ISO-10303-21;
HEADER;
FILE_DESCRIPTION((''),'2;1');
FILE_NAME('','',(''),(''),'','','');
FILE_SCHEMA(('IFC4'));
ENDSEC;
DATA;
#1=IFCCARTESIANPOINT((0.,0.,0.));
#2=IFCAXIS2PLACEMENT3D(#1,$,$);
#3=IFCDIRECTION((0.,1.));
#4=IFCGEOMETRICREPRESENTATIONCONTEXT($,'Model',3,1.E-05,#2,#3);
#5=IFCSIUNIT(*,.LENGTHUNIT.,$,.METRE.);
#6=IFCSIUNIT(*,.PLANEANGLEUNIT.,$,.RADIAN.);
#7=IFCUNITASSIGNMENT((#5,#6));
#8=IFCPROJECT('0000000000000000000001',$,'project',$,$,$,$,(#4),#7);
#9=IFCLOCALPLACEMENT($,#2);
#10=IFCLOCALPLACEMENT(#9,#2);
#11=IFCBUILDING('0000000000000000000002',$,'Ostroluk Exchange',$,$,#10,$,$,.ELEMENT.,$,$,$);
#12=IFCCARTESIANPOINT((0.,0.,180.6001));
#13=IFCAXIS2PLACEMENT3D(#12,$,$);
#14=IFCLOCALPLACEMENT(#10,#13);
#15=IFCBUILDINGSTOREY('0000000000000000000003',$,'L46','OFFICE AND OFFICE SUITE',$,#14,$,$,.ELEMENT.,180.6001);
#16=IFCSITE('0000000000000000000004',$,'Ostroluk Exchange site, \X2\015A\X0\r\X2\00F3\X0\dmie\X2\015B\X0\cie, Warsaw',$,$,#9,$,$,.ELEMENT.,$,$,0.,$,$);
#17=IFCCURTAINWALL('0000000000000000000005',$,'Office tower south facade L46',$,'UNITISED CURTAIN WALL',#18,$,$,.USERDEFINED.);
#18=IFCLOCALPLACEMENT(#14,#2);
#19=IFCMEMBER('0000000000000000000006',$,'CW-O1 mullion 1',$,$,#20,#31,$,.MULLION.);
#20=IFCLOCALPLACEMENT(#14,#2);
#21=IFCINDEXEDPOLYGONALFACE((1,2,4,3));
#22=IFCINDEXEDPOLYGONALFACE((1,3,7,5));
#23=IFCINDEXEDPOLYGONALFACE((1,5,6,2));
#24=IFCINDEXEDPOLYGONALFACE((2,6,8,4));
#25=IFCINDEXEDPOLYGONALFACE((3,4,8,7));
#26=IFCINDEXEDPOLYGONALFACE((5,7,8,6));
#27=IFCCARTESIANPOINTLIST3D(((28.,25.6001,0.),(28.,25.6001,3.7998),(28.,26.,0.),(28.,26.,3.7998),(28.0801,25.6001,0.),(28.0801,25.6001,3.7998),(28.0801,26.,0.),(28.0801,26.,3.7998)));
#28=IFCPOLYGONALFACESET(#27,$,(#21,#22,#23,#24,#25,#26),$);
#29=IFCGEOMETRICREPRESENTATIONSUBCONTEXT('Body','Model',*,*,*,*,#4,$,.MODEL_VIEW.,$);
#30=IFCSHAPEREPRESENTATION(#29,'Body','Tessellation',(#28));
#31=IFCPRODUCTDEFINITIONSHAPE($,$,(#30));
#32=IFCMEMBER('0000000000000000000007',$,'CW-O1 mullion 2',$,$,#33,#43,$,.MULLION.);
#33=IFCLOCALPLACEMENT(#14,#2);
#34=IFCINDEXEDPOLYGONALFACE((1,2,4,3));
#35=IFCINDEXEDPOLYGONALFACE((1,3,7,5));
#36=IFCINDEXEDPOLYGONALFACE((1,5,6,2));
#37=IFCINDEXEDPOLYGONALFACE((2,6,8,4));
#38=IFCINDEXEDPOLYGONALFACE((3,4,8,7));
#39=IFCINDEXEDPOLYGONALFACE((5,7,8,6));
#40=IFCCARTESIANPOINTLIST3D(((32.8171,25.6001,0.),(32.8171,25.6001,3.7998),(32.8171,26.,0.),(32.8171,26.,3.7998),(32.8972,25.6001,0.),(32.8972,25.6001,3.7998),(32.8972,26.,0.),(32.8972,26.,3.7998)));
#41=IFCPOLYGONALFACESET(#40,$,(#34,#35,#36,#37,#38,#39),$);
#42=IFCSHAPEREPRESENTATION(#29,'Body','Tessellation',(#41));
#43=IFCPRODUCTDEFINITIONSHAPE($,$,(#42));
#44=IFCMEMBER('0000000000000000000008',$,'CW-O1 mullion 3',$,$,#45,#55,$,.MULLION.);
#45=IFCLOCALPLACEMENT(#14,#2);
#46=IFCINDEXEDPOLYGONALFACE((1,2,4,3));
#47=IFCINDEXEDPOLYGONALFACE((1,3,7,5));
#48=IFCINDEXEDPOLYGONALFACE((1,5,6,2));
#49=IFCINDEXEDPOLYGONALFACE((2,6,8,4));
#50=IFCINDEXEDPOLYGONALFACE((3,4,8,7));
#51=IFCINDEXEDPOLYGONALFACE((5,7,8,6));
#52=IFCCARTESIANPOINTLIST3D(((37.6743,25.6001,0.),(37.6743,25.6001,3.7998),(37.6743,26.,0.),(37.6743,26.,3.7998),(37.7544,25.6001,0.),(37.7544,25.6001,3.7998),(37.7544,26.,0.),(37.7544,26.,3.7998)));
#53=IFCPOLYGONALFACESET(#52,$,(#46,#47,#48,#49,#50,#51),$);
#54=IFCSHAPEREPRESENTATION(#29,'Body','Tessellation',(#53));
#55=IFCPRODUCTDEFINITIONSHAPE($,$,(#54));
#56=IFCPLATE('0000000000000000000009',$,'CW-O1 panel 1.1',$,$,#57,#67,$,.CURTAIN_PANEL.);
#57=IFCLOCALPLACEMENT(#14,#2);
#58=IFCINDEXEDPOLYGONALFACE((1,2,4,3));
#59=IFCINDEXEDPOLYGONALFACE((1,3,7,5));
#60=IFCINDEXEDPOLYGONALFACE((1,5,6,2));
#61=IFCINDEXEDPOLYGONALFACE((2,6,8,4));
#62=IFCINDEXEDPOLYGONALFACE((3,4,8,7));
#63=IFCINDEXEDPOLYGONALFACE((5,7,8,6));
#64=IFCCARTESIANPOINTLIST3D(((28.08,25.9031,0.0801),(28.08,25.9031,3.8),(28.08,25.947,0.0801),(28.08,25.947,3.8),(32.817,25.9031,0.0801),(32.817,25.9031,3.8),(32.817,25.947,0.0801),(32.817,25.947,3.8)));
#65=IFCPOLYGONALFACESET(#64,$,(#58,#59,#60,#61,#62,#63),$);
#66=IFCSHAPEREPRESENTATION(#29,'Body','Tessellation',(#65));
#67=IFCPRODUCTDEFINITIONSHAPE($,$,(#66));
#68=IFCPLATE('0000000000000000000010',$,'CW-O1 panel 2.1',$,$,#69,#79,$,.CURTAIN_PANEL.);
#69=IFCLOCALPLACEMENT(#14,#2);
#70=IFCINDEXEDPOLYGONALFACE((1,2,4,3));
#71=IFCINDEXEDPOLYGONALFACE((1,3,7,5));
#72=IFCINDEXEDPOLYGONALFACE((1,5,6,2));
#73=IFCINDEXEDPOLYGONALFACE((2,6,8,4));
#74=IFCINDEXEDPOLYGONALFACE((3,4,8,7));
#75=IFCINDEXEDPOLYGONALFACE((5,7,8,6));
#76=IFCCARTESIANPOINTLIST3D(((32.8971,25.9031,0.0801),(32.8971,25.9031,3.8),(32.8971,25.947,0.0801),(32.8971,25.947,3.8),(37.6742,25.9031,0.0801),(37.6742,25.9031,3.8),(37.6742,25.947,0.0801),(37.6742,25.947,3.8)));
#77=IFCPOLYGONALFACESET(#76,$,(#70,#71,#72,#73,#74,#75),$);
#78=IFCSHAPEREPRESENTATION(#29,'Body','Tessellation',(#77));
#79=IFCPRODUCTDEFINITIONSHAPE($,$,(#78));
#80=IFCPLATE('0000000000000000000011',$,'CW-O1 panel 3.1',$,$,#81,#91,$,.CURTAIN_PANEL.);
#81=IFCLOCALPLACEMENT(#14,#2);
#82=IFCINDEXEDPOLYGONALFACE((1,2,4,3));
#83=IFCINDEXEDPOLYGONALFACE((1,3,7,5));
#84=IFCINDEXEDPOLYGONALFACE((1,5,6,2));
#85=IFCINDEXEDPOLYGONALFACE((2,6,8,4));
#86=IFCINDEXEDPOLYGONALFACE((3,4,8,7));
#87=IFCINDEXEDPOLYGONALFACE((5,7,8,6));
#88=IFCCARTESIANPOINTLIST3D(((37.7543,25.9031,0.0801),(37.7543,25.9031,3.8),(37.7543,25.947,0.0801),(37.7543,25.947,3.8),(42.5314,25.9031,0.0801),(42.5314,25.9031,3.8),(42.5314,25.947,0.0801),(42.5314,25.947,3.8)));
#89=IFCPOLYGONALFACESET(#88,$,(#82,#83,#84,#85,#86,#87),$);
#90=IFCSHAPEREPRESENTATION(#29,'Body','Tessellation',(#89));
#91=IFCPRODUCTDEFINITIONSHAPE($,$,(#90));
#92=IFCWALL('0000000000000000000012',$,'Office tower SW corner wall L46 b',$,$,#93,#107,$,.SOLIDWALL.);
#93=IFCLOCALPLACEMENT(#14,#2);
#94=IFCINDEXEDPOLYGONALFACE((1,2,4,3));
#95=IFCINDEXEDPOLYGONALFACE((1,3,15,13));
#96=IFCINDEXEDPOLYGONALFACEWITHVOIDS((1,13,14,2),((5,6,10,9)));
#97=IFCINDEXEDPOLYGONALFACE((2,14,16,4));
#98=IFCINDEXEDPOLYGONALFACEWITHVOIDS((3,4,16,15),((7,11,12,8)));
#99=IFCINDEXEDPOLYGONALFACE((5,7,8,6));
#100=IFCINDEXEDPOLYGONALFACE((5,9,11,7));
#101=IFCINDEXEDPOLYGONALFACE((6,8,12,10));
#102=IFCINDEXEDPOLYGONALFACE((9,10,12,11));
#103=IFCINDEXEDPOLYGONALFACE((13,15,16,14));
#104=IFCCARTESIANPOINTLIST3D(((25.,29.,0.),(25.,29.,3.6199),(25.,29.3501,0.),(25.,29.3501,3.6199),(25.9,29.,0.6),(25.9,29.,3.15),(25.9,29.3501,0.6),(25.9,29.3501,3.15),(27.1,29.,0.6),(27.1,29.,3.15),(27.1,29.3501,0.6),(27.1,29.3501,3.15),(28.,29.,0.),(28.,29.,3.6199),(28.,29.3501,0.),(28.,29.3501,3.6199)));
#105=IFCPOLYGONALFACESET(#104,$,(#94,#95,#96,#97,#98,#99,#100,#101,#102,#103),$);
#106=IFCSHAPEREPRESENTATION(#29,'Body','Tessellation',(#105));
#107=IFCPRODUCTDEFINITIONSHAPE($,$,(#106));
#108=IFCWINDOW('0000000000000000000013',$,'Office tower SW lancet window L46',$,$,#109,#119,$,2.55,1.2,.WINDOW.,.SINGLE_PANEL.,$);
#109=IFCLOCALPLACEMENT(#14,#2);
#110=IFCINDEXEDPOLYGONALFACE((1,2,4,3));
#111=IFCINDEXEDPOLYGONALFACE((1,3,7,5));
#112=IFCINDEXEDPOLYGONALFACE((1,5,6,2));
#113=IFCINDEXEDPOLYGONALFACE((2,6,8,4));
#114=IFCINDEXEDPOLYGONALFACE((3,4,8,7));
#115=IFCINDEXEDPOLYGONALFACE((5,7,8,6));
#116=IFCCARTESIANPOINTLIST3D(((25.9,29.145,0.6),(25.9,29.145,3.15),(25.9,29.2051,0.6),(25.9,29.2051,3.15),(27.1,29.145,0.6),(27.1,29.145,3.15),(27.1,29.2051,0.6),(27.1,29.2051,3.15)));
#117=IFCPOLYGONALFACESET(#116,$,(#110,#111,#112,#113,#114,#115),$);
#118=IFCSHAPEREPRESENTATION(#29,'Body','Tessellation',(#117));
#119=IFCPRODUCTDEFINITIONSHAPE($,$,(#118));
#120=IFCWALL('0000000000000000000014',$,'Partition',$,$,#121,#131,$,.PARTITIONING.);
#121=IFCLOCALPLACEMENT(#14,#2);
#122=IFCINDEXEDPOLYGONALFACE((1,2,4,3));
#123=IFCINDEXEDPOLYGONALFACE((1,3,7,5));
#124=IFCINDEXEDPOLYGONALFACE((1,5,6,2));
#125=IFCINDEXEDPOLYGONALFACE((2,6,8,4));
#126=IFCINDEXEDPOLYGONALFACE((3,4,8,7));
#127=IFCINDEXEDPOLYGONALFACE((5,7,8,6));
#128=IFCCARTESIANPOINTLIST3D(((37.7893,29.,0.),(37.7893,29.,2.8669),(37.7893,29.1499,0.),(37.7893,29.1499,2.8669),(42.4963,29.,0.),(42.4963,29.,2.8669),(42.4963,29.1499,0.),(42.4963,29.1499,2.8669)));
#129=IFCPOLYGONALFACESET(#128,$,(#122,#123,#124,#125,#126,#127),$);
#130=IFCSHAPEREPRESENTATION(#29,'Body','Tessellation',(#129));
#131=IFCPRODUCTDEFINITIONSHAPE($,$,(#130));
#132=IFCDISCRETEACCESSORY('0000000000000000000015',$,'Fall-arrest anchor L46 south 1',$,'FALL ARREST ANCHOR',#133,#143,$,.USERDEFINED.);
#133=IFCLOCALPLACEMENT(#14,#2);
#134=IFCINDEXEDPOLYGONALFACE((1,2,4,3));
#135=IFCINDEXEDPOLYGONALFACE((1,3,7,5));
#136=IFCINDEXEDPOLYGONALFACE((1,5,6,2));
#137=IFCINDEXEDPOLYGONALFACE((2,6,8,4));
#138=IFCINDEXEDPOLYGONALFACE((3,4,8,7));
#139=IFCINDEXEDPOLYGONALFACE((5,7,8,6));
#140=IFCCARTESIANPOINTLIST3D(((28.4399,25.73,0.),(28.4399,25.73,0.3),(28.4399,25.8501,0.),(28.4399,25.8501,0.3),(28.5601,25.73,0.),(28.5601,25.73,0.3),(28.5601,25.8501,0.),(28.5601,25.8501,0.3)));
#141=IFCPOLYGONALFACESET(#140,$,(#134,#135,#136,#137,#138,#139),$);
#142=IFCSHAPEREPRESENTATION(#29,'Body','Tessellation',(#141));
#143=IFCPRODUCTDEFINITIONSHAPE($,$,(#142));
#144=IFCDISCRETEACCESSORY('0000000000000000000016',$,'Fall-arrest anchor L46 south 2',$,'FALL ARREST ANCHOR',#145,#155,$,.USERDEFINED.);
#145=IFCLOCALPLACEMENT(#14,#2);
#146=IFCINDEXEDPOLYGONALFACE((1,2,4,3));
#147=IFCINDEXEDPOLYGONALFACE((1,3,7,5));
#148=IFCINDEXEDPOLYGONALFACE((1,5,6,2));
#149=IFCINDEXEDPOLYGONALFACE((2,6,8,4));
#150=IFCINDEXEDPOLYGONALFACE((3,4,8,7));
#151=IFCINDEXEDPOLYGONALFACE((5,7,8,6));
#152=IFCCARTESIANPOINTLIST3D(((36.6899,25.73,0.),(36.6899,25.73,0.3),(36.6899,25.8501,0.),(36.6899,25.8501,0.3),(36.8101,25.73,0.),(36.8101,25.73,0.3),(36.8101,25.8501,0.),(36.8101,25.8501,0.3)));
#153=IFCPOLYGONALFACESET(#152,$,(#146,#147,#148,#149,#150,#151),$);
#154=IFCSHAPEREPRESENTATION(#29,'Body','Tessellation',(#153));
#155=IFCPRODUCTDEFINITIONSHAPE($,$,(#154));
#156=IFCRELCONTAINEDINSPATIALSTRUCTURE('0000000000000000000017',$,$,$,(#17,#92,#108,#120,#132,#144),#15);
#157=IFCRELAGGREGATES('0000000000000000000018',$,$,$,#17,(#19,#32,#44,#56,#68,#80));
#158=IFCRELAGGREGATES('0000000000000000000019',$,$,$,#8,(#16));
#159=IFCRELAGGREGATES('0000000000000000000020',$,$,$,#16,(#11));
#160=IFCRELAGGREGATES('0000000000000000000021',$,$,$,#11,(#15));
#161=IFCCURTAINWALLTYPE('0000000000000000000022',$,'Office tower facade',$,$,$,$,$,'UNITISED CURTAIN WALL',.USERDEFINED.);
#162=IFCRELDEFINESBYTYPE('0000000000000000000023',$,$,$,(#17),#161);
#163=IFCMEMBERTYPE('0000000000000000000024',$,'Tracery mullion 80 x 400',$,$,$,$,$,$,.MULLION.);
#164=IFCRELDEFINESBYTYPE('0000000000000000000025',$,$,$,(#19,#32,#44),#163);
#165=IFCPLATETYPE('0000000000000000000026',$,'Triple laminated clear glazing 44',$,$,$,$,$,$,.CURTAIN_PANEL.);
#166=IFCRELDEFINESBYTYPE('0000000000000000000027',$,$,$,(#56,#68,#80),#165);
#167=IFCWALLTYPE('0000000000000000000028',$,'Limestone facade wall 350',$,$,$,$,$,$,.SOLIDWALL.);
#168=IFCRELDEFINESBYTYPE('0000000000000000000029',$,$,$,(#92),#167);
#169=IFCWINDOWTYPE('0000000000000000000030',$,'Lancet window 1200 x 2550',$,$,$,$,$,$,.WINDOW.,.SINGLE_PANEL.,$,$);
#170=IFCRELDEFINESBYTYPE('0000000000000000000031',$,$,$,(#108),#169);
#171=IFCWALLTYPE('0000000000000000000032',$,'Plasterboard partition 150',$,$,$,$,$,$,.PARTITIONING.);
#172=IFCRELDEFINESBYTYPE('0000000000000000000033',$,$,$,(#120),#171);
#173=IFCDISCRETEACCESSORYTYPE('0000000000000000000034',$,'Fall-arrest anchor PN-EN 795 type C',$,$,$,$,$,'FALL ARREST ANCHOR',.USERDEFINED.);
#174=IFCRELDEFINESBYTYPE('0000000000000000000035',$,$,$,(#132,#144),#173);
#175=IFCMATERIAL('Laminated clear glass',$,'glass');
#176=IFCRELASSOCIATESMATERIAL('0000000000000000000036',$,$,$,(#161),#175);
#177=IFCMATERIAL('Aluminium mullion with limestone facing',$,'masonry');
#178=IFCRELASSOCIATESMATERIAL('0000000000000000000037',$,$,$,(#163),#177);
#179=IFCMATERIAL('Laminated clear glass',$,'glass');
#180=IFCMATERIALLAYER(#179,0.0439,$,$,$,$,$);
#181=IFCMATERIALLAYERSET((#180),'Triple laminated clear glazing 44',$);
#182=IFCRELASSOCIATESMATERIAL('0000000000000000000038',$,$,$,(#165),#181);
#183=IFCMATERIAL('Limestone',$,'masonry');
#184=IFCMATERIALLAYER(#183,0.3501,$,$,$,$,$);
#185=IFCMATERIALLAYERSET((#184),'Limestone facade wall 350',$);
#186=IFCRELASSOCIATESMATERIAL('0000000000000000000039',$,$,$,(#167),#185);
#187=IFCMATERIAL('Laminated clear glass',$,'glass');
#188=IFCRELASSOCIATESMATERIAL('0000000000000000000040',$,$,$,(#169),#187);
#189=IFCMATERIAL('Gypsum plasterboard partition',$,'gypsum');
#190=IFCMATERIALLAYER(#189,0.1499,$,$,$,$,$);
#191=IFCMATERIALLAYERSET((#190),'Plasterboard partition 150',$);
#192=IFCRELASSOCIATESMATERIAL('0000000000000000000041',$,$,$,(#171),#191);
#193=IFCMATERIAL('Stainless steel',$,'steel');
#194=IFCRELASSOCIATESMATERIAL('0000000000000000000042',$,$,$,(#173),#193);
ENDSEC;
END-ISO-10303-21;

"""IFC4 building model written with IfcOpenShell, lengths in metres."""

from ifc_helpers import new_model, si_unit, direction, frame, frame_2d, origin, origin_2d, place, context, subcontext, project, spatial, rectangle, extrude, material, layer, layer_set, material_profile, profile_set, type_object, element, fill, aggregate, save


model = new_model("IFC4")

# Units and contexts
model_context = context("Model", 3, precision=1e-05, world=origin(), true_north=direction((0.0, 1.0)))
body_context = subcontext(model_context, "Body", "Model", "MODEL_VIEW")
ifc_project = project(units=[si_unit("LENGTHUNIT", "METRE"), si_unit("PLANEANGLEUNIT", "RADIAN")], contexts=[model_context])

# Site, building, storey
site_placement = place(None, origin())
site = spatial("IfcSite", under=ifc_project, at=site_placement, Name="Ostroluk Exchange site, Śródmieście, Warsaw", CompositionType="ELEMENT", RefElevation=0.0)
building_placement = place(site_placement, origin())
building = spatial("IfcBuilding", under=site, at=building_placement, Name="Ostroluk Exchange", CompositionType="ELEMENT")
storey_placement = place(building_placement, frame((0.0, 0.0, 180.6001)))
storey = spatial("IfcBuildingStorey", under=building, at=storey_placement, Name="L46", Description="OFFICE AND OFFICE SUITE", CompositionType="ELEMENT", Elevation=180.6001)

# Curtain wall, members, plates
ifc_material_1 = material(Name="Laminated clear glass", Category="glass")
curtain_wall_type = type_object("IfcCurtainWallType", Name="Office tower facade", ElementType="UNITISED CURTAIN WALL", PredefinedType="USERDEFINED", material=ifc_material_1)
curtain_wall_placement = place(storey_placement, origin())
curtain_wall = element("IfcCurtainWall", 1, at=curtain_wall_placement, inside=storey, type_object=curtain_wall_type, Name="Office tower south facade L46", ObjectType="UNITISED CURTAIN WALL", PredefinedType="USERDEFINED")
ifc_material_2 = material(Name="Aluminium mullion with limestone facing", Category="masonry")
ifc_material_profile_1 = material_profile(ifc_material_2, rectangle(XDim=0.3999, YDim=0.0801, at=origin_2d()), Name="Tracery mullion 80 x 400")
ifc_profile_set_1 = profile_set([ifc_material_profile_1], Name="Aluminium mullion with limestone facing")
member_type_1 = type_object("IfcMemberType", Name="Tracery mullion 80 x 400", PredefinedType="MULLION", material=ifc_profile_set_1)
member_1_placement = place(storey_placement, frame((28.04, 25.8, 0.0), z_axis=(0.0, 0.0, 1.0), x_axis=(0.0, 1.0, 0.0)))
member_1 = element("IfcMember", 2, at=member_1_placement, type_object=member_type_1, Name="CW-O1 mullion 1", PredefinedType="MULLION", context=body_context, shape_type="SweptSolid", body=[
    extrude(rectangle(XDim=0.3999, YDim=0.0801, at=origin_2d()), origin(), (0.0, 0.0, 1.0), 3.7998),
])
member_2_placement = place(storey_placement, frame((32.8572, 25.8, 0.0), z_axis=(0.0, 0.0, 1.0), x_axis=(0.0, 1.0, 0.0)))
member_2 = element("IfcMember", 3, at=member_2_placement, type_object=member_type_1, Name="CW-O1 mullion 2", PredefinedType="MULLION", context=body_context, shape_type="SweptSolid", body=[
    extrude(rectangle(XDim=0.3999, YDim=0.0801, at=origin_2d()), origin(), (0.0, 0.0, 1.0), 3.7998),
])
member_3_placement = place(storey_placement, frame((37.7144, 25.8, 0.0), z_axis=(0.0, 0.0, 1.0), x_axis=(0.0, 1.0, 0.0)))
member_3 = element("IfcMember", 4, at=member_3_placement, type_object=member_type_1, Name="CW-O1 mullion 3", PredefinedType="MULLION", context=body_context, shape_type="SweptSolid", body=[
    extrude(rectangle(XDim=0.3999, YDim=0.0801, at=origin_2d()), origin(), (0.0, 0.0, 1.0), 3.7998),
])
ifc_material_3 = material(Name="Laminated clear glass", Category="glass")
ifc_layer_1 = layer(ifc_material_3, 0.0439)
ifc_layer_set_1 = layer_set([ifc_layer_1], Name="Triple laminated clear glazing 44")
plate_type = type_object("IfcPlateType", Name="Triple laminated clear glazing 44", PredefinedType="CURTAIN_PANEL", material=ifc_layer_set_1)
plate_1_placement = place(storey_placement, frame((30.4485, 25.925, 0.0801), z_axis=(0.0, 0.0, 1.0), x_axis=(1.0, 0.0, 0.0)))
plate_1 = element("IfcPlate", 5, at=plate_1_placement, type_object=plate_type, Name="CW-O1 panel 1.1", PredefinedType="CURTAIN_PANEL", context=body_context, shape_type="SweptSolid", body=[
    extrude(rectangle(XDim=4.7371, YDim=0.0439, at=origin_2d()), origin(), (0.0, 0.0, 1.0), 3.72),
])
plate_2_placement = place(storey_placement, frame((35.2856, 25.925, 0.0801), z_axis=(0.0, 0.0, 1.0), x_axis=(1.0, 0.0, 0.0)))
plate_2 = element("IfcPlate", 6, at=plate_2_placement, type_object=plate_type, Name="CW-O1 panel 2.1", PredefinedType="CURTAIN_PANEL", context=body_context, shape_type="SweptSolid", body=[
    extrude(rectangle(XDim=4.7771, YDim=0.0439, at=origin_2d()), origin(), (0.0, 0.0, 1.0), 3.72),
])
plate_3_placement = place(storey_placement, frame((40.1428, 25.925, 0.0801), z_axis=(0.0, 0.0, 1.0), x_axis=(1.0, 0.0, 0.0)))
plate_3 = element("IfcPlate", 7, at=plate_3_placement, type_object=plate_type, Name="CW-O1 panel 3.1", PredefinedType="CURTAIN_PANEL", context=body_context, shape_type="SweptSolid", body=[
    extrude(rectangle(XDim=4.7771, YDim=0.0439, at=origin_2d()), origin(), (0.0, 0.0, 1.0), 3.72),
])
aggregate(curtain_wall, [member_1, member_2, member_3, plate_1, plate_2, plate_3])

# Shared definitions
ifc_material_4 = material(Name="Limestone", Category="masonry")
ifc_layer_2 = layer(ifc_material_4, 0.3501)
ifc_layer_set_2 = layer_set([ifc_layer_2], Name="Limestone facade wall 350")
wall_type_1 = type_object("IfcWallType", Name="Limestone facade wall 350", PredefinedType="SOLIDWALL", material=ifc_layer_set_2)

# Wall, opening, window
wall_1_placement = place(storey_placement, frame((28.0, 29.175, 0.0), z_axis=(0.0, 0.0, 1.0), x_axis=(-1.0, 0.0, 0.0)))
wall_1 = element("IfcWall", 8, at=wall_1_placement, inside=storey, type_object=wall_type_1, Name="Office tower SW corner wall L46 b", PredefinedType="SOLIDWALL", context=body_context, shape_type="SweptSolid", body=[
    extrude(rectangle(XDim=3.0, YDim=0.3501, at=frame_2d((1.5, 0.0))), origin(), (0.0, 0.0, 1.0), 3.6199),
])
opening_1_placement = place(wall_1_placement, frame((0.8999, 0.0, 0.6001)))
opening_1 = element("IfcOpeningElement", 9, at=opening_1_placement, cuts=wall_1, PredefinedType="OPENING", context=body_context, shape_type="SweptSolid", body=[
    extrude(rectangle(XDim=1.2, YDim=2.55, at=frame_2d((0.6001, 1.2749))), frame((0.0, 0.1851, 0.0), z_axis=(0.0, -1.0, 0.0), x_axis=(1.0, 0.0, 0.0)), (0.0, 0.0, 1.0), 0.3701),
])
ifc_material_5 = material(Name="Laminated clear glass", Category="glass")
window_type = type_object("IfcWindowType", Name="Lancet window 1200 x 2550", PartitioningType="SINGLE_PANEL", PredefinedType="WINDOW", material=ifc_material_5)
window_placement = place(opening_1_placement, origin())
window = element("IfcWindow", 10, at=window_placement, inside=storey, type_object=window_type, Name="Office tower SW lancet window L46", OverallHeight=2.55, OverallWidth=1.2, PartitioningType="SINGLE_PANEL", PredefinedType="WINDOW", context=body_context, shape_type="SweptSolid", body=[
    extrude(rectangle(XDim=1.2, YDim=2.55, at=frame_2d((0.6001, 1.2749))), frame((0.0, 0.03, 0.0), z_axis=(0.0, -1.0, 0.0), x_axis=(1.0, 0.0, 0.0)), (0.0, 0.0, 1.0), 0.0601),
])
fill(opening_1, window)

# Wall
ifc_material_6 = material(Name="Gypsum plasterboard partition", Category="gypsum")
ifc_layer_3 = layer(ifc_material_6, 0.1499)
ifc_layer_set_3 = layer_set([ifc_layer_3], Name="Plasterboard partition 150")
wall_type_2 = type_object("IfcWallType", Name="Plasterboard partition 150", PredefinedType="PARTITIONING", material=ifc_layer_set_3)
wall_2_placement = place(storey_placement, frame((37.7893, 29.075, 0.0), z_axis=(0.0, 0.0, 1.0), x_axis=(1.0, 0.0, 0.0)))
element("IfcWall", 11, at=wall_2_placement, inside=storey, type_object=wall_type_2, Name="Partition", PredefinedType="PARTITIONING", context=body_context, shape_type="SweptSolid", body=[
    extrude(rectangle(XDim=4.707, YDim=0.1499, at=frame_2d((2.3535, 0.0))), origin(), (0.0, 0.0, 1.0), 2.8669),
])

# Discrete accessories
ifc_material_7 = material(Name="Stainless steel", Category="steel")
discrete_accessory_type = type_object("IfcDiscreteAccessoryType", Name="Fall-arrest anchor PN-EN 795 type C", ElementType="FALL ARREST ANCHOR", PredefinedType="USERDEFINED", material=ifc_material_7)
for number, where, z_axis, x_axis, name in (
    (12, (28.5, 25.79, 0.0), (0.0, 0.0, 1.0), (1.0, 0.0, 0.0), "Fall-arrest anchor L46 south 1"),
    (13, (36.75, 25.79, 0.0), (0.0, 0.0, 1.0), (1.0, 0.0, 0.0), "Fall-arrest anchor L46 south 2"),
):
    element("IfcDiscreteAccessory", number, at=place(storey_placement, frame(where, z_axis=z_axis, x_axis=x_axis)), inside=storey, type_object=discrete_accessory_type, Name=name, ObjectType="FALL ARREST ANCHOR", PredefinedType="USERDEFINED", context=body_context, shape_type="SweptSolid", body=[
        extrude(rectangle(XDim=0.1201, YDim=0.1201, at=origin_2d()), origin(), (0.0, 0.0, 1.0), 0.3),
    ])

save(model, "model.ifc")
